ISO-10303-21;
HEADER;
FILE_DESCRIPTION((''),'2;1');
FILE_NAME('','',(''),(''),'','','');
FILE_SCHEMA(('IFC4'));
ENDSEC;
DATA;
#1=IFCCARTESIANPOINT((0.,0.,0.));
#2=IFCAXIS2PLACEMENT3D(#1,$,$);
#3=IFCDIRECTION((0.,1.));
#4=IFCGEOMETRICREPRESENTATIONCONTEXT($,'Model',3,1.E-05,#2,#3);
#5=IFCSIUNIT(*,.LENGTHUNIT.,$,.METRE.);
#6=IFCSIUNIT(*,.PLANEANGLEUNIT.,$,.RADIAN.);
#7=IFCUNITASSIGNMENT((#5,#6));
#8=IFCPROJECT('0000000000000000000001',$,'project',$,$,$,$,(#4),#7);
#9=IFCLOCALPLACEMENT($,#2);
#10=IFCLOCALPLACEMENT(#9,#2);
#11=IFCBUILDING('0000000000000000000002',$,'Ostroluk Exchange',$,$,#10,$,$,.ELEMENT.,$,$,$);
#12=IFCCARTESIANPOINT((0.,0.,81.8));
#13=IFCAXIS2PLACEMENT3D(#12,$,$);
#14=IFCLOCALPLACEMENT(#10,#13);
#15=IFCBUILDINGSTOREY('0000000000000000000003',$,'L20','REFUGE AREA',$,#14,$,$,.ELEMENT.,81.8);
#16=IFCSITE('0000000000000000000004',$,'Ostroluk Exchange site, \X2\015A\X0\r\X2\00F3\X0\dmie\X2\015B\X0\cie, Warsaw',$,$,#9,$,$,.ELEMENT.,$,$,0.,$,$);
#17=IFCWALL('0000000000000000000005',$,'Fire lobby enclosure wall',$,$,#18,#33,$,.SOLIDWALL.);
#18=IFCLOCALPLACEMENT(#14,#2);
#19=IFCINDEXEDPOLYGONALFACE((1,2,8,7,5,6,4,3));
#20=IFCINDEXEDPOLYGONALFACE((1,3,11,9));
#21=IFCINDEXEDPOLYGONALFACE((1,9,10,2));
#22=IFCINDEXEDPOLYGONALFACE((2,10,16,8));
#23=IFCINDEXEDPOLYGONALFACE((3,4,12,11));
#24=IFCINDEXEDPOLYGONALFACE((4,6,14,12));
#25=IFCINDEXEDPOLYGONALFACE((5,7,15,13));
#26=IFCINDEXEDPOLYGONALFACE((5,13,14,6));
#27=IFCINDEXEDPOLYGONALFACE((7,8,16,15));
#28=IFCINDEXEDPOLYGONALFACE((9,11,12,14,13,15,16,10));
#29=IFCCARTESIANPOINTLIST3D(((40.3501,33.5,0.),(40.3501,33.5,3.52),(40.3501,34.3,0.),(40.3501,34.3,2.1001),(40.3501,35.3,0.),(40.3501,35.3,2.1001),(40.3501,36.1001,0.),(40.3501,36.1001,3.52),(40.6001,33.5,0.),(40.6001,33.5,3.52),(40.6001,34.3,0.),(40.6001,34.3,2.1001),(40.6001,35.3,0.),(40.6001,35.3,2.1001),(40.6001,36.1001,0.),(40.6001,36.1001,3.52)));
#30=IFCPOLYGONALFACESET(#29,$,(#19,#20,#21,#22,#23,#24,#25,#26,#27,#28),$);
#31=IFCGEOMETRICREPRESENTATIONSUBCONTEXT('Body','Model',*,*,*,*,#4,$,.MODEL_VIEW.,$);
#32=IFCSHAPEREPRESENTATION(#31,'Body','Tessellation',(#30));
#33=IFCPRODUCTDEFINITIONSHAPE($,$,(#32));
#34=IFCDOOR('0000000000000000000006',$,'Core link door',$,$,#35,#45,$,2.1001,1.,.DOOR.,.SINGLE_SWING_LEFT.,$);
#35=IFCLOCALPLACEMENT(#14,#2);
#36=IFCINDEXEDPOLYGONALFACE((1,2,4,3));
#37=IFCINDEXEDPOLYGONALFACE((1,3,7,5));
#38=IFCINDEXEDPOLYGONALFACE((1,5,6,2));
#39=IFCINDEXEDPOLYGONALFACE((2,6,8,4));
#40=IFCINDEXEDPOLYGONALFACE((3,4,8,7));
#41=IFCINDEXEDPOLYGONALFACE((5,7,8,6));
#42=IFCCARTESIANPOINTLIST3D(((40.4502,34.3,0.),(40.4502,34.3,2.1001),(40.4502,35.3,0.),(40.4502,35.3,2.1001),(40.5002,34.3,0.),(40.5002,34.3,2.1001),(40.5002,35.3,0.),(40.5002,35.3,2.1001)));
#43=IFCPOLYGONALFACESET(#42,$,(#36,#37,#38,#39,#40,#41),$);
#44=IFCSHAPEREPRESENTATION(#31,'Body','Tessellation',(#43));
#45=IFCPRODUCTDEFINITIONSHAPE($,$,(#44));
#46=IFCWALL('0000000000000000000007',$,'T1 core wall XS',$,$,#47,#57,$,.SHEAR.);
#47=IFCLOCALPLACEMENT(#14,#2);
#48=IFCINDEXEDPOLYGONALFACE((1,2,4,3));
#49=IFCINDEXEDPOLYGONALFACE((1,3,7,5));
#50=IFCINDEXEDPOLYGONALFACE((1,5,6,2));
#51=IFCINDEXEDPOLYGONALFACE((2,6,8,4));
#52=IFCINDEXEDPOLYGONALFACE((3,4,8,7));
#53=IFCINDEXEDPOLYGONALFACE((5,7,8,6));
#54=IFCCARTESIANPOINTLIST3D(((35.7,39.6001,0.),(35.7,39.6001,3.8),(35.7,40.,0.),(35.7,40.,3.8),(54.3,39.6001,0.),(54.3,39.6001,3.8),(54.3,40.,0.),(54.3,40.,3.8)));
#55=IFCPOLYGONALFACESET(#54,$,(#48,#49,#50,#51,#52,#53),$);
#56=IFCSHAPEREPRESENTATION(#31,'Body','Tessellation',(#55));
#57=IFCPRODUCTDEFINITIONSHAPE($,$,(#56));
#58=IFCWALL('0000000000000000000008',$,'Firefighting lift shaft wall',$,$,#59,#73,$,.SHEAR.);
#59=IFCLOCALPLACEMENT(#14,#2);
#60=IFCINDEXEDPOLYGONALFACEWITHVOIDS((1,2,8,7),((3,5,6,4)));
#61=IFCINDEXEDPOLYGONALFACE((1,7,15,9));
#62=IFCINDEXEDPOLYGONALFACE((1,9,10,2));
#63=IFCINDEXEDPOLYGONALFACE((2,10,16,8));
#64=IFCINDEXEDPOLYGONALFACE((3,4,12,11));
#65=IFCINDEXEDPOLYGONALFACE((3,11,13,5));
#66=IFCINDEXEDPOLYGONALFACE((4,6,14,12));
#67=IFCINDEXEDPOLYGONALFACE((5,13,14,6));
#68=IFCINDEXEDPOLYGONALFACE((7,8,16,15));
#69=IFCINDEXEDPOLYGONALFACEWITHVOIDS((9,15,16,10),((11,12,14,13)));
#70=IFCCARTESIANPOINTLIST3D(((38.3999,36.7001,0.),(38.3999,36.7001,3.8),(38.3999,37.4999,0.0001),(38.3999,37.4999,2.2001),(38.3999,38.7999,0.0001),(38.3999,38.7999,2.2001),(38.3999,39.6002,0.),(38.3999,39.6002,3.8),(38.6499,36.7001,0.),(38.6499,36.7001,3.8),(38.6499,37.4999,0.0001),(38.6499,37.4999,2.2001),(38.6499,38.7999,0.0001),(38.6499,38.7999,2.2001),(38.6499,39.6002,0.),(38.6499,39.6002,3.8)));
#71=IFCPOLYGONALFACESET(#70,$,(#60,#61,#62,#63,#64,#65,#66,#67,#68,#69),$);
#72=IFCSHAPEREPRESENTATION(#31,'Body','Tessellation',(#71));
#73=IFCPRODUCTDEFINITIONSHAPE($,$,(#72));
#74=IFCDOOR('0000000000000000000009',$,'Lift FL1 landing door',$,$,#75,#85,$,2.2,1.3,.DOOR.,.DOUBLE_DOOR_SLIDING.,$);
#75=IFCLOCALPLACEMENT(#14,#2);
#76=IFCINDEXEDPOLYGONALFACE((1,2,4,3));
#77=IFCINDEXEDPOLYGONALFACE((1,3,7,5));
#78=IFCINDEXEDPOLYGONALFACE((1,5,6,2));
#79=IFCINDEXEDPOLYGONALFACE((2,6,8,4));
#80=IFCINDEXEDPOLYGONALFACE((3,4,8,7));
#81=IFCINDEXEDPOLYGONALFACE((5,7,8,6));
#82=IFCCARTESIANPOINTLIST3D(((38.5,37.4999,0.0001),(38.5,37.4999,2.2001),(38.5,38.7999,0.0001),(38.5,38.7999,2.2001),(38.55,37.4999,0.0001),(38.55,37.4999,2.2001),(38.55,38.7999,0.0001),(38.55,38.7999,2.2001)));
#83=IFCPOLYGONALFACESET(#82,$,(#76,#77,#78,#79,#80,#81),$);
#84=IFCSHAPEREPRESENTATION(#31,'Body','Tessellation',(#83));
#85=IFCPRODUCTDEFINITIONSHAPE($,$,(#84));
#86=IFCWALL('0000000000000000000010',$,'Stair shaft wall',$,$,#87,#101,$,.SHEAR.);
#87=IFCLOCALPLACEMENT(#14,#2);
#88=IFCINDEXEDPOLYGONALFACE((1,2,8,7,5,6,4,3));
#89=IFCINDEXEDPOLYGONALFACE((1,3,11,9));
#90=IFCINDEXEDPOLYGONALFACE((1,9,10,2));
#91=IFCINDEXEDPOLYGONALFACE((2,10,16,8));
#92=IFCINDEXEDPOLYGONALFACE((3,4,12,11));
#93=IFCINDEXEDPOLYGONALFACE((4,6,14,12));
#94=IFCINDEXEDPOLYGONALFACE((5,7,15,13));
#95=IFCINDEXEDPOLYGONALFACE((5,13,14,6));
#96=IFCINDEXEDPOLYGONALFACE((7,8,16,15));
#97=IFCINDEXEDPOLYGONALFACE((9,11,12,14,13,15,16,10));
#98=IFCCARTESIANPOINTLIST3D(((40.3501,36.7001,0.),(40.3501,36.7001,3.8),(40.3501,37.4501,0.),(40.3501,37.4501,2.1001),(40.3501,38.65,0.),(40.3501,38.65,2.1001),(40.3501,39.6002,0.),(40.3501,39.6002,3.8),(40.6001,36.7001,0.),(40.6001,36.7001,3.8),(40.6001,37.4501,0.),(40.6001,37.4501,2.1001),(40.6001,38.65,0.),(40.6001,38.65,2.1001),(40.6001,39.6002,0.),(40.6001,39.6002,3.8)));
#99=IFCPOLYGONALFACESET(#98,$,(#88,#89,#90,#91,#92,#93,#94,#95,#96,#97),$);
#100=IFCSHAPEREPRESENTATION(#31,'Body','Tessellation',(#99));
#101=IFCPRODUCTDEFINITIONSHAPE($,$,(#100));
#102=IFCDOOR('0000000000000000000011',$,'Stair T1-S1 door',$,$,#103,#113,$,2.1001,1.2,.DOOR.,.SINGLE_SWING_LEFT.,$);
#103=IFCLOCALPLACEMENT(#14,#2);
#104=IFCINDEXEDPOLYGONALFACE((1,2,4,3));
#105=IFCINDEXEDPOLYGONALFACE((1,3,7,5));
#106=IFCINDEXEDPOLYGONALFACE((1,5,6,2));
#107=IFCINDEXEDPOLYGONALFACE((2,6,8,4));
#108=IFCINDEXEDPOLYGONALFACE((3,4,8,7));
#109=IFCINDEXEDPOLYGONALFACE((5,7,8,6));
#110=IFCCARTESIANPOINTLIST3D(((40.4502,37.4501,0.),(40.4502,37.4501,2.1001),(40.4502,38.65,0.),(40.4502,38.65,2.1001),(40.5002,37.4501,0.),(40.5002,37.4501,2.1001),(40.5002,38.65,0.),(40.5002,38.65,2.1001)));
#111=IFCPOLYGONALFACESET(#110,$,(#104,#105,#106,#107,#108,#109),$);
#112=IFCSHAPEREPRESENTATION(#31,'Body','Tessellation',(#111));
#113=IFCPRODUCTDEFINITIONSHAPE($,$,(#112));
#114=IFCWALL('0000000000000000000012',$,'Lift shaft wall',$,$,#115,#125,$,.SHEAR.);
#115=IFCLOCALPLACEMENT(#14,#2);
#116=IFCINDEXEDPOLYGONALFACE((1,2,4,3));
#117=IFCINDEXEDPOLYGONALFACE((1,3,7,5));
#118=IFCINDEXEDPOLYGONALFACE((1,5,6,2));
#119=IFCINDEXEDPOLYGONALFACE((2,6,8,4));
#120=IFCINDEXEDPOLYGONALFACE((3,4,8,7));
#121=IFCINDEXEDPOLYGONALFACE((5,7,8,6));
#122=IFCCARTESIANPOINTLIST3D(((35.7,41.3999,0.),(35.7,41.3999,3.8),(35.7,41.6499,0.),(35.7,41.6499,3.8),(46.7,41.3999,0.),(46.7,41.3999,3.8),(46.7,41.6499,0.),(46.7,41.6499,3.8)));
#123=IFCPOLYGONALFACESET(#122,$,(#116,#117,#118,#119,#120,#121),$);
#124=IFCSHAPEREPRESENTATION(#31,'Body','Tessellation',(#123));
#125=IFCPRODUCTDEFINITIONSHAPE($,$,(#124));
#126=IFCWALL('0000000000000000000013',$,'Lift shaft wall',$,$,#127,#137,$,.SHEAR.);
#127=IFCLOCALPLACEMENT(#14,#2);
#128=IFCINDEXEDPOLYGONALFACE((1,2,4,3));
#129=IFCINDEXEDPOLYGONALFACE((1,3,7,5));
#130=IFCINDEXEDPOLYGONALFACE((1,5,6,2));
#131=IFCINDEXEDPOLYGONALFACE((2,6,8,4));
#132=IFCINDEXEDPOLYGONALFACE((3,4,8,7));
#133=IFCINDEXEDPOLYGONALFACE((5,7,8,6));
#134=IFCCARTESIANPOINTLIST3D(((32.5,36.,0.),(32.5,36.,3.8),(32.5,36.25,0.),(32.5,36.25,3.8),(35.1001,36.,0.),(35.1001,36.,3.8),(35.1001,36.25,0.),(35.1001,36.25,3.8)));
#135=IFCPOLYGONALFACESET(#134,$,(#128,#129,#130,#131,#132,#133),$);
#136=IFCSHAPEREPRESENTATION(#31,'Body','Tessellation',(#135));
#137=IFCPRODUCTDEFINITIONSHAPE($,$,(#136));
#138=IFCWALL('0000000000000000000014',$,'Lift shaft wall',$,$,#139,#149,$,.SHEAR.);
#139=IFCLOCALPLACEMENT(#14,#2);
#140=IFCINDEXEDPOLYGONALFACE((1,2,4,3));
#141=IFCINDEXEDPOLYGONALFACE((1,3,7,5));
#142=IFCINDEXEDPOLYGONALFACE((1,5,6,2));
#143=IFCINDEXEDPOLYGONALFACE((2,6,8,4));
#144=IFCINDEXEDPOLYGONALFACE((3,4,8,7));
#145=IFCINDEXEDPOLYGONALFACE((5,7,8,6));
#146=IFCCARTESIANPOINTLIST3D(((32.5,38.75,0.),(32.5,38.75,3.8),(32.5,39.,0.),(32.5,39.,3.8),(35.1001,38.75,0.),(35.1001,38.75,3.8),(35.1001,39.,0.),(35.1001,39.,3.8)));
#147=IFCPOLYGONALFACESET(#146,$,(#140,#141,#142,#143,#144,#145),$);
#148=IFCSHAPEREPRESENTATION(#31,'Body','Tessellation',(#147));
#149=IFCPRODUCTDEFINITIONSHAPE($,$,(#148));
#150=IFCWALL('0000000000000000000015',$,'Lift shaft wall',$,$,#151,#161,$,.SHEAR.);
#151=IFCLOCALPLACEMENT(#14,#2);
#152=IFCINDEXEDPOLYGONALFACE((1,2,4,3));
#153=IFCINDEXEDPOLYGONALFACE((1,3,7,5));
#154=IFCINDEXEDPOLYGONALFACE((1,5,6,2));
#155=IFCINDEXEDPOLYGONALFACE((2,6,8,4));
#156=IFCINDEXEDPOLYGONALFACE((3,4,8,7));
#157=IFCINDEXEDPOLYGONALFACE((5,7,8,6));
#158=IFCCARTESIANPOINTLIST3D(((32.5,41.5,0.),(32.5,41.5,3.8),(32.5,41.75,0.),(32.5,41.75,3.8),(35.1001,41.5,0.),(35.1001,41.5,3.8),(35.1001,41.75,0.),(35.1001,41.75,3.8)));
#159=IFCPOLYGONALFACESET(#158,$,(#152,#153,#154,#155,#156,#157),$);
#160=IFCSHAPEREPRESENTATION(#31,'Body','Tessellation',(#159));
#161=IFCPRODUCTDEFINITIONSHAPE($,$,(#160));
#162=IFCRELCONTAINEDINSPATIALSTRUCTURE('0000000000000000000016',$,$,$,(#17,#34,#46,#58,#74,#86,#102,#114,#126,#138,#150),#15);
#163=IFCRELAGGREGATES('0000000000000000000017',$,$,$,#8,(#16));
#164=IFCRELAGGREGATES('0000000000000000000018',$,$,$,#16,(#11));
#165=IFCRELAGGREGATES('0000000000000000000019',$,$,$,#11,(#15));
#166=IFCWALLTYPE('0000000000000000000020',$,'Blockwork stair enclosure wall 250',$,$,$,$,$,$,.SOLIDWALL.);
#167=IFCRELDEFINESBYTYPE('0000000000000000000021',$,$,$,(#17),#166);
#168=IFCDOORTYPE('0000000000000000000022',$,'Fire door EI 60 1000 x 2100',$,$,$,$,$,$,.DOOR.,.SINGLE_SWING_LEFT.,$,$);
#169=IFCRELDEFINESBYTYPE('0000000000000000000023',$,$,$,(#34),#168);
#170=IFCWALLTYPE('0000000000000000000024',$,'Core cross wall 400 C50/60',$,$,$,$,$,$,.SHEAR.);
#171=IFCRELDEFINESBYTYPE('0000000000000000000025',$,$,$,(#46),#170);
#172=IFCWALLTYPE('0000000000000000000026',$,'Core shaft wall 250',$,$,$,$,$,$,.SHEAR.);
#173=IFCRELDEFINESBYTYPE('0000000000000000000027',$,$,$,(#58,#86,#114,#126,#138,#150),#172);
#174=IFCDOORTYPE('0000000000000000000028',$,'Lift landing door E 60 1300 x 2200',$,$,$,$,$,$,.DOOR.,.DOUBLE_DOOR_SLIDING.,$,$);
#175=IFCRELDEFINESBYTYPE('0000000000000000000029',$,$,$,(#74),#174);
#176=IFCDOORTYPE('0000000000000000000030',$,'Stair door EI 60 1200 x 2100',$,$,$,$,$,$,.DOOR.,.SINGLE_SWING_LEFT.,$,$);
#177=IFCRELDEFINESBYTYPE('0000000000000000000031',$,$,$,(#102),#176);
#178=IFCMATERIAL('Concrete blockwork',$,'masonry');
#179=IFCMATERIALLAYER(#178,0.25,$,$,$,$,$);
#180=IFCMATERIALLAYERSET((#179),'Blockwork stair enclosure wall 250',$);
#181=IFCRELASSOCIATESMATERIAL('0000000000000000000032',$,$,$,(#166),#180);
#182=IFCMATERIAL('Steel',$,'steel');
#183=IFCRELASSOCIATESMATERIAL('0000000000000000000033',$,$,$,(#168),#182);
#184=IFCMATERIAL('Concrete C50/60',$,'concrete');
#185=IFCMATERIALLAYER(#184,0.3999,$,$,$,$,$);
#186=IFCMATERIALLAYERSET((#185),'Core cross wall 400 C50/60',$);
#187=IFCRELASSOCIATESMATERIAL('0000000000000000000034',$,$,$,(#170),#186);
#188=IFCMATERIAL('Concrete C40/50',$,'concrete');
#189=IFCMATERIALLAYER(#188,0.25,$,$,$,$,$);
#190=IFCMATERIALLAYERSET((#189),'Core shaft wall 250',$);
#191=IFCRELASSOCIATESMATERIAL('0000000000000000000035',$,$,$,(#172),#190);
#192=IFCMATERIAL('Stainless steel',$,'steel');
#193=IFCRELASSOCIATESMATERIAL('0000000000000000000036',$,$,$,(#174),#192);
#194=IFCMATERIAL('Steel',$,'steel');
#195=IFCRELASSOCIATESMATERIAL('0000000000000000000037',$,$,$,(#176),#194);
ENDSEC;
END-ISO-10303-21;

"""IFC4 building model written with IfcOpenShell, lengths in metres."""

from ifc_helpers import new_model, si_unit, direction, frame, frame_2d, origin, place, context, subcontext, project, spatial, rectangle, extrude, material, layer, layer_set, type_object, element, fill, save


model = new_model("IFC4")

# Units and contexts
model_context = context("Model", 3, precision=1e-05, world=origin(), true_north=direction((0.0, 1.0)))
body_context = subcontext(model_context, "Body", "Model", "MODEL_VIEW")
ifc_project = project(units=[si_unit("LENGTHUNIT", "METRE"), si_unit("PLANEANGLEUNIT", "RADIAN")], contexts=[model_context])

# Site, building, storey
site_placement = place(None, origin())
site = spatial("IfcSite", under=ifc_project, at=site_placement, Name="Ostroluk Exchange site, Śródmieście, Warsaw", CompositionType="ELEMENT", RefElevation=0.0)
building_placement = place(site_placement, origin())
building = spatial("IfcBuilding", under=site, at=building_placement, Name="Ostroluk Exchange", CompositionType="ELEMENT")
storey_placement = place(building_placement, frame((0.0, 0.0, 81.8)))
storey = spatial("IfcBuildingStorey", under=building, at=storey_placement, Name="L20", Description="REFUGE AREA", CompositionType="ELEMENT", Elevation=81.8)

# Shared definitions
ifc_material_1 = material(Name="Concrete blockwork", Category="masonry")
ifc_layer_1 = layer(ifc_material_1, 0.25)
ifc_layer_set_1 = layer_set([ifc_layer_1], Name="Blockwork stair enclosure wall 250")
wall_type_1 = type_object("IfcWallType", Name="Blockwork stair enclosure wall 250", PredefinedType="SOLIDWALL", material=ifc_layer_set_1)

# Wall, opening, door
wall_1_placement = place(storey_placement, frame((40.4751, 33.5, 0.0), z_axis=(0.0, 0.0, 1.0), x_axis=(0.0, 1.0, 0.0)))
wall_1 = element("IfcWall", 1, at=wall_1_placement, inside=storey, type_object=wall_type_1, Name="Fire lobby enclosure wall", PredefinedType="SOLIDWALL", context=body_context, shape_type="SweptSolid", body=[
    extrude(rectangle(XDim=2.6001, YDim=0.25, at=frame_2d((1.3, 0.0))), origin(), (0.0, 0.0, 1.0), 3.52),
])
opening_1_placement = place(wall_1_placement, frame((0.8, 0.0, 0.0)))
opening_1 = element("IfcOpeningElement", 2, at=opening_1_placement, cuts=wall_1, PredefinedType="OPENING", context=body_context, shape_type="SweptSolid", body=[
    extrude(rectangle(XDim=1.0, YDim=2.1001, at=frame_2d((0.5, 1.05))), frame((0.0, 0.135, 0.0), z_axis=(0.0, -1.0, 0.0), x_axis=(1.0, 0.0, 0.0)), (0.0, 0.0, 1.0), 0.27),
])
ifc_material_2 = material(Name="Steel", Category="steel")
door_type_1 = type_object("IfcDoorType", Name="Fire door EI 60 1000 x 2100", OperationType="SINGLE_SWING_LEFT", PredefinedType="DOOR", material=ifc_material_2)
door_1_placement = place(opening_1_placement, origin())
door_1 = element("IfcDoor", 3, at=door_1_placement, inside=storey, type_object=door_type_1, Name="Core link door", OperationType="SINGLE_SWING_LEFT", OverallHeight=2.1001, OverallWidth=1.0, PredefinedType="DOOR", context=body_context, shape_type="SweptSolid", body=[
    extrude(rectangle(XDim=1.0, YDim=2.1001, at=frame_2d((0.5, 1.05))), frame((0.0, 0.0249, 0.0), z_axis=(0.0, -1.0, 0.0), x_axis=(1.0, 0.0, 0.0)), (0.0, 0.0, 1.0), 0.05),
])
fill(opening_1, door_1)

# Wall
ifc_material_3 = material(Name="Concrete C50/60", Category="concrete")
ifc_layer_2 = layer(ifc_material_3, 0.3999)
ifc_layer_set_2 = layer_set([ifc_layer_2], Name="Core cross wall 400 C50/60")
wall_type_2 = type_object("IfcWallType", Name="Core cross wall 400 C50/60", PredefinedType="SHEAR", material=ifc_layer_set_2)
wall_2_placement = place(storey_placement, frame((35.7, 39.8, 0.0), z_axis=(0.0, 0.0, 1.0), x_axis=(1.0, 0.0, 0.0)))
element("IfcWall", 4, at=wall_2_placement, inside=storey, type_object=wall_type_2, Name="T1 core wall XS", PredefinedType="SHEAR", context=body_context, shape_type="SweptSolid", body=[
    extrude(rectangle(XDim=18.6001, YDim=0.3999, at=frame_2d((9.3, 0.0))), origin(), (0.0, 0.0, 1.0), 3.8),
])

# Walls, openings, doors
ifc_material_4 = material(Name="Concrete C40/50", Category="concrete")
ifc_layer_3 = layer(ifc_material_4, 0.25)
ifc_layer_set_3 = layer_set([ifc_layer_3], Name="Core shaft wall 250")
wall_type_3 = type_object("IfcWallType", Name="Core shaft wall 250", PredefinedType="SHEAR", material=ifc_layer_set_3)
wall_3_placement = place(storey_placement, frame((38.5249, 36.7, 0.0), z_axis=(0.0, 0.0, 1.0), x_axis=(0.0, 1.0, 0.0)))
wall_3 = element("IfcWall", 5, at=wall_3_placement, inside=storey, type_object=wall_type_3, Name="Firefighting lift shaft wall", PredefinedType="SHEAR", context=body_context, shape_type="SweptSolid", body=[
    extrude(rectangle(XDim=2.9001, YDim=0.25, at=frame_2d((1.4502, 0.0))), origin(), (0.0, 0.0, 1.0), 3.8),
])
opening_2_placement = place(wall_3_placement, frame((0.8, 0.0, 0.0)))
opening_2 = element("IfcOpeningElement", 6, at=opening_2_placement, cuts=wall_3, PredefinedType="OPENING", context=body_context, shape_type="SweptSolid", body=[
    extrude(rectangle(XDim=1.3, YDim=2.2, at=frame_2d((0.6499, 1.1001))), frame((0.0, 0.135, 0.0), z_axis=(0.0, -1.0, 0.0), x_axis=(1.0, 0.0, 0.0)), (0.0, 0.0, 1.0), 0.27),
])
ifc_material_5 = material(Name="Stainless steel", Category="steel")
door_type_2 = type_object("IfcDoorType", Name="Lift landing door E 60 1300 x 2200", OperationType="DOUBLE_DOOR_SLIDING", PredefinedType="DOOR", material=ifc_material_5)
door_2_placement = place(opening_2_placement, origin())
door_2 = element("IfcDoor", 7, at=door_2_placement, inside=storey, type_object=door_type_2, Name="Lift FL1 landing door", OperationType="DOUBLE_DOOR_SLIDING", OverallHeight=2.2, OverallWidth=1.3, PredefinedType="DOOR", context=body_context, shape_type="SweptSolid", body=[
    extrude(rectangle(XDim=1.3, YDim=2.2, at=frame_2d((0.6499, 1.1001))), frame((0.0, 0.0249, 0.0), z_axis=(0.0, -1.0, 0.0), x_axis=(1.0, 0.0, 0.0)), (0.0, 0.0, 1.0), 0.05),
])
fill(opening_2, door_2)
wall_4_placement = place(storey_placement, frame((40.4751, 36.7, 0.0), z_axis=(0.0, 0.0, 1.0), x_axis=(0.0, 1.0, 0.0)))
wall_4 = element("IfcWall", 8, at=wall_4_placement, inside=storey, type_object=wall_type_3, Name="Stair shaft wall", PredefinedType="SHEAR", context=body_context, shape_type="SweptSolid", body=[
    extrude(rectangle(XDim=2.9001, YDim=0.25, at=frame_2d((1.4502, 0.0))), origin(), (0.0, 0.0, 1.0), 3.8),
])
opening_3_placement = place(wall_4_placement, frame((0.75, 0.0, 0.0)))
opening_3 = element("IfcOpeningElement", 9, at=opening_3_placement, cuts=wall_4, PredefinedType="OPENING", context=body_context, shape_type="SweptSolid", body=[
    extrude(rectangle(XDim=1.2, YDim=2.1001, at=frame_2d((0.6001, 1.05))), frame((0.0, 0.135, 0.0), z_axis=(0.0, -1.0, 0.0), x_axis=(1.0, 0.0, 0.0)), (0.0, 0.0, 1.0), 0.27),
])
ifc_material_6 = material(Name="Steel", Category="steel")
door_type_3 = type_object("IfcDoorType", Name="Stair door EI 60 1200 x 2100", OperationType="SINGLE_SWING_LEFT", PredefinedType="DOOR", material=ifc_material_6)
door_3_placement = place(opening_3_placement, origin())
door_3 = element("IfcDoor", 10, at=door_3_placement, inside=storey, type_object=door_type_3, Name="Stair T1-S1 door", OperationType="SINGLE_SWING_LEFT", OverallHeight=2.1001, OverallWidth=1.2, PredefinedType="DOOR", context=body_context, shape_type="SweptSolid", body=[
    extrude(rectangle(XDim=1.2, YDim=2.1001, at=frame_2d((0.6001, 1.05))), frame((0.0, 0.0249, 0.0), z_axis=(0.0, -1.0, 0.0), x_axis=(1.0, 0.0, 0.0)), (0.0, 0.0, 1.0), 0.05),
])
fill(opening_3, door_3)

# Walls
wall_5_placement = place(storey_placement, frame((35.7, 41.5249, 0.0), z_axis=(0.0, 0.0, 1.0), x_axis=(1.0, 0.0, 0.0)))
element("IfcWall", 11, at=wall_5_placement, inside=storey, type_object=wall_type_3, Name="Lift shaft wall", PredefinedType="SHEAR", context=body_context, shape_type="SweptSolid", body=[
    extrude(rectangle(XDim=11.0, YDim=0.25, at=frame_2d((5.5, 0.0))), origin(), (0.0, 0.0, 1.0), 3.8),
])
for number, where, z_axis, x_axis, name in (
    (12, (32.5, 36.125, 0.0), (0.0, 0.0, 1.0), (1.0, 0.0, 0.0), "Lift shaft wall"),
    (13, (32.5, 38.875, 0.0), (0.0, 0.0, 1.0), (1.0, 0.0, 0.0), "Lift shaft wall"),
    (14, (32.5, 41.625, 0.0), (0.0, 0.0, 1.0), (1.0, 0.0, 0.0), "Lift shaft wall"),
):
    element("IfcWall", number, at=place(storey_placement, frame(where, z_axis=z_axis, x_axis=x_axis)), inside=storey, type_object=wall_type_3, Name=name, PredefinedType="SHEAR", context=body_context, shape_type="SweptSolid", body=[
        extrude(rectangle(XDim=2.6001, YDim=0.25, at=frame_2d((1.3, 0.0))), origin(), (0.0, 0.0, 1.0), 3.8),
    ])

save(model, "model.ifc")
